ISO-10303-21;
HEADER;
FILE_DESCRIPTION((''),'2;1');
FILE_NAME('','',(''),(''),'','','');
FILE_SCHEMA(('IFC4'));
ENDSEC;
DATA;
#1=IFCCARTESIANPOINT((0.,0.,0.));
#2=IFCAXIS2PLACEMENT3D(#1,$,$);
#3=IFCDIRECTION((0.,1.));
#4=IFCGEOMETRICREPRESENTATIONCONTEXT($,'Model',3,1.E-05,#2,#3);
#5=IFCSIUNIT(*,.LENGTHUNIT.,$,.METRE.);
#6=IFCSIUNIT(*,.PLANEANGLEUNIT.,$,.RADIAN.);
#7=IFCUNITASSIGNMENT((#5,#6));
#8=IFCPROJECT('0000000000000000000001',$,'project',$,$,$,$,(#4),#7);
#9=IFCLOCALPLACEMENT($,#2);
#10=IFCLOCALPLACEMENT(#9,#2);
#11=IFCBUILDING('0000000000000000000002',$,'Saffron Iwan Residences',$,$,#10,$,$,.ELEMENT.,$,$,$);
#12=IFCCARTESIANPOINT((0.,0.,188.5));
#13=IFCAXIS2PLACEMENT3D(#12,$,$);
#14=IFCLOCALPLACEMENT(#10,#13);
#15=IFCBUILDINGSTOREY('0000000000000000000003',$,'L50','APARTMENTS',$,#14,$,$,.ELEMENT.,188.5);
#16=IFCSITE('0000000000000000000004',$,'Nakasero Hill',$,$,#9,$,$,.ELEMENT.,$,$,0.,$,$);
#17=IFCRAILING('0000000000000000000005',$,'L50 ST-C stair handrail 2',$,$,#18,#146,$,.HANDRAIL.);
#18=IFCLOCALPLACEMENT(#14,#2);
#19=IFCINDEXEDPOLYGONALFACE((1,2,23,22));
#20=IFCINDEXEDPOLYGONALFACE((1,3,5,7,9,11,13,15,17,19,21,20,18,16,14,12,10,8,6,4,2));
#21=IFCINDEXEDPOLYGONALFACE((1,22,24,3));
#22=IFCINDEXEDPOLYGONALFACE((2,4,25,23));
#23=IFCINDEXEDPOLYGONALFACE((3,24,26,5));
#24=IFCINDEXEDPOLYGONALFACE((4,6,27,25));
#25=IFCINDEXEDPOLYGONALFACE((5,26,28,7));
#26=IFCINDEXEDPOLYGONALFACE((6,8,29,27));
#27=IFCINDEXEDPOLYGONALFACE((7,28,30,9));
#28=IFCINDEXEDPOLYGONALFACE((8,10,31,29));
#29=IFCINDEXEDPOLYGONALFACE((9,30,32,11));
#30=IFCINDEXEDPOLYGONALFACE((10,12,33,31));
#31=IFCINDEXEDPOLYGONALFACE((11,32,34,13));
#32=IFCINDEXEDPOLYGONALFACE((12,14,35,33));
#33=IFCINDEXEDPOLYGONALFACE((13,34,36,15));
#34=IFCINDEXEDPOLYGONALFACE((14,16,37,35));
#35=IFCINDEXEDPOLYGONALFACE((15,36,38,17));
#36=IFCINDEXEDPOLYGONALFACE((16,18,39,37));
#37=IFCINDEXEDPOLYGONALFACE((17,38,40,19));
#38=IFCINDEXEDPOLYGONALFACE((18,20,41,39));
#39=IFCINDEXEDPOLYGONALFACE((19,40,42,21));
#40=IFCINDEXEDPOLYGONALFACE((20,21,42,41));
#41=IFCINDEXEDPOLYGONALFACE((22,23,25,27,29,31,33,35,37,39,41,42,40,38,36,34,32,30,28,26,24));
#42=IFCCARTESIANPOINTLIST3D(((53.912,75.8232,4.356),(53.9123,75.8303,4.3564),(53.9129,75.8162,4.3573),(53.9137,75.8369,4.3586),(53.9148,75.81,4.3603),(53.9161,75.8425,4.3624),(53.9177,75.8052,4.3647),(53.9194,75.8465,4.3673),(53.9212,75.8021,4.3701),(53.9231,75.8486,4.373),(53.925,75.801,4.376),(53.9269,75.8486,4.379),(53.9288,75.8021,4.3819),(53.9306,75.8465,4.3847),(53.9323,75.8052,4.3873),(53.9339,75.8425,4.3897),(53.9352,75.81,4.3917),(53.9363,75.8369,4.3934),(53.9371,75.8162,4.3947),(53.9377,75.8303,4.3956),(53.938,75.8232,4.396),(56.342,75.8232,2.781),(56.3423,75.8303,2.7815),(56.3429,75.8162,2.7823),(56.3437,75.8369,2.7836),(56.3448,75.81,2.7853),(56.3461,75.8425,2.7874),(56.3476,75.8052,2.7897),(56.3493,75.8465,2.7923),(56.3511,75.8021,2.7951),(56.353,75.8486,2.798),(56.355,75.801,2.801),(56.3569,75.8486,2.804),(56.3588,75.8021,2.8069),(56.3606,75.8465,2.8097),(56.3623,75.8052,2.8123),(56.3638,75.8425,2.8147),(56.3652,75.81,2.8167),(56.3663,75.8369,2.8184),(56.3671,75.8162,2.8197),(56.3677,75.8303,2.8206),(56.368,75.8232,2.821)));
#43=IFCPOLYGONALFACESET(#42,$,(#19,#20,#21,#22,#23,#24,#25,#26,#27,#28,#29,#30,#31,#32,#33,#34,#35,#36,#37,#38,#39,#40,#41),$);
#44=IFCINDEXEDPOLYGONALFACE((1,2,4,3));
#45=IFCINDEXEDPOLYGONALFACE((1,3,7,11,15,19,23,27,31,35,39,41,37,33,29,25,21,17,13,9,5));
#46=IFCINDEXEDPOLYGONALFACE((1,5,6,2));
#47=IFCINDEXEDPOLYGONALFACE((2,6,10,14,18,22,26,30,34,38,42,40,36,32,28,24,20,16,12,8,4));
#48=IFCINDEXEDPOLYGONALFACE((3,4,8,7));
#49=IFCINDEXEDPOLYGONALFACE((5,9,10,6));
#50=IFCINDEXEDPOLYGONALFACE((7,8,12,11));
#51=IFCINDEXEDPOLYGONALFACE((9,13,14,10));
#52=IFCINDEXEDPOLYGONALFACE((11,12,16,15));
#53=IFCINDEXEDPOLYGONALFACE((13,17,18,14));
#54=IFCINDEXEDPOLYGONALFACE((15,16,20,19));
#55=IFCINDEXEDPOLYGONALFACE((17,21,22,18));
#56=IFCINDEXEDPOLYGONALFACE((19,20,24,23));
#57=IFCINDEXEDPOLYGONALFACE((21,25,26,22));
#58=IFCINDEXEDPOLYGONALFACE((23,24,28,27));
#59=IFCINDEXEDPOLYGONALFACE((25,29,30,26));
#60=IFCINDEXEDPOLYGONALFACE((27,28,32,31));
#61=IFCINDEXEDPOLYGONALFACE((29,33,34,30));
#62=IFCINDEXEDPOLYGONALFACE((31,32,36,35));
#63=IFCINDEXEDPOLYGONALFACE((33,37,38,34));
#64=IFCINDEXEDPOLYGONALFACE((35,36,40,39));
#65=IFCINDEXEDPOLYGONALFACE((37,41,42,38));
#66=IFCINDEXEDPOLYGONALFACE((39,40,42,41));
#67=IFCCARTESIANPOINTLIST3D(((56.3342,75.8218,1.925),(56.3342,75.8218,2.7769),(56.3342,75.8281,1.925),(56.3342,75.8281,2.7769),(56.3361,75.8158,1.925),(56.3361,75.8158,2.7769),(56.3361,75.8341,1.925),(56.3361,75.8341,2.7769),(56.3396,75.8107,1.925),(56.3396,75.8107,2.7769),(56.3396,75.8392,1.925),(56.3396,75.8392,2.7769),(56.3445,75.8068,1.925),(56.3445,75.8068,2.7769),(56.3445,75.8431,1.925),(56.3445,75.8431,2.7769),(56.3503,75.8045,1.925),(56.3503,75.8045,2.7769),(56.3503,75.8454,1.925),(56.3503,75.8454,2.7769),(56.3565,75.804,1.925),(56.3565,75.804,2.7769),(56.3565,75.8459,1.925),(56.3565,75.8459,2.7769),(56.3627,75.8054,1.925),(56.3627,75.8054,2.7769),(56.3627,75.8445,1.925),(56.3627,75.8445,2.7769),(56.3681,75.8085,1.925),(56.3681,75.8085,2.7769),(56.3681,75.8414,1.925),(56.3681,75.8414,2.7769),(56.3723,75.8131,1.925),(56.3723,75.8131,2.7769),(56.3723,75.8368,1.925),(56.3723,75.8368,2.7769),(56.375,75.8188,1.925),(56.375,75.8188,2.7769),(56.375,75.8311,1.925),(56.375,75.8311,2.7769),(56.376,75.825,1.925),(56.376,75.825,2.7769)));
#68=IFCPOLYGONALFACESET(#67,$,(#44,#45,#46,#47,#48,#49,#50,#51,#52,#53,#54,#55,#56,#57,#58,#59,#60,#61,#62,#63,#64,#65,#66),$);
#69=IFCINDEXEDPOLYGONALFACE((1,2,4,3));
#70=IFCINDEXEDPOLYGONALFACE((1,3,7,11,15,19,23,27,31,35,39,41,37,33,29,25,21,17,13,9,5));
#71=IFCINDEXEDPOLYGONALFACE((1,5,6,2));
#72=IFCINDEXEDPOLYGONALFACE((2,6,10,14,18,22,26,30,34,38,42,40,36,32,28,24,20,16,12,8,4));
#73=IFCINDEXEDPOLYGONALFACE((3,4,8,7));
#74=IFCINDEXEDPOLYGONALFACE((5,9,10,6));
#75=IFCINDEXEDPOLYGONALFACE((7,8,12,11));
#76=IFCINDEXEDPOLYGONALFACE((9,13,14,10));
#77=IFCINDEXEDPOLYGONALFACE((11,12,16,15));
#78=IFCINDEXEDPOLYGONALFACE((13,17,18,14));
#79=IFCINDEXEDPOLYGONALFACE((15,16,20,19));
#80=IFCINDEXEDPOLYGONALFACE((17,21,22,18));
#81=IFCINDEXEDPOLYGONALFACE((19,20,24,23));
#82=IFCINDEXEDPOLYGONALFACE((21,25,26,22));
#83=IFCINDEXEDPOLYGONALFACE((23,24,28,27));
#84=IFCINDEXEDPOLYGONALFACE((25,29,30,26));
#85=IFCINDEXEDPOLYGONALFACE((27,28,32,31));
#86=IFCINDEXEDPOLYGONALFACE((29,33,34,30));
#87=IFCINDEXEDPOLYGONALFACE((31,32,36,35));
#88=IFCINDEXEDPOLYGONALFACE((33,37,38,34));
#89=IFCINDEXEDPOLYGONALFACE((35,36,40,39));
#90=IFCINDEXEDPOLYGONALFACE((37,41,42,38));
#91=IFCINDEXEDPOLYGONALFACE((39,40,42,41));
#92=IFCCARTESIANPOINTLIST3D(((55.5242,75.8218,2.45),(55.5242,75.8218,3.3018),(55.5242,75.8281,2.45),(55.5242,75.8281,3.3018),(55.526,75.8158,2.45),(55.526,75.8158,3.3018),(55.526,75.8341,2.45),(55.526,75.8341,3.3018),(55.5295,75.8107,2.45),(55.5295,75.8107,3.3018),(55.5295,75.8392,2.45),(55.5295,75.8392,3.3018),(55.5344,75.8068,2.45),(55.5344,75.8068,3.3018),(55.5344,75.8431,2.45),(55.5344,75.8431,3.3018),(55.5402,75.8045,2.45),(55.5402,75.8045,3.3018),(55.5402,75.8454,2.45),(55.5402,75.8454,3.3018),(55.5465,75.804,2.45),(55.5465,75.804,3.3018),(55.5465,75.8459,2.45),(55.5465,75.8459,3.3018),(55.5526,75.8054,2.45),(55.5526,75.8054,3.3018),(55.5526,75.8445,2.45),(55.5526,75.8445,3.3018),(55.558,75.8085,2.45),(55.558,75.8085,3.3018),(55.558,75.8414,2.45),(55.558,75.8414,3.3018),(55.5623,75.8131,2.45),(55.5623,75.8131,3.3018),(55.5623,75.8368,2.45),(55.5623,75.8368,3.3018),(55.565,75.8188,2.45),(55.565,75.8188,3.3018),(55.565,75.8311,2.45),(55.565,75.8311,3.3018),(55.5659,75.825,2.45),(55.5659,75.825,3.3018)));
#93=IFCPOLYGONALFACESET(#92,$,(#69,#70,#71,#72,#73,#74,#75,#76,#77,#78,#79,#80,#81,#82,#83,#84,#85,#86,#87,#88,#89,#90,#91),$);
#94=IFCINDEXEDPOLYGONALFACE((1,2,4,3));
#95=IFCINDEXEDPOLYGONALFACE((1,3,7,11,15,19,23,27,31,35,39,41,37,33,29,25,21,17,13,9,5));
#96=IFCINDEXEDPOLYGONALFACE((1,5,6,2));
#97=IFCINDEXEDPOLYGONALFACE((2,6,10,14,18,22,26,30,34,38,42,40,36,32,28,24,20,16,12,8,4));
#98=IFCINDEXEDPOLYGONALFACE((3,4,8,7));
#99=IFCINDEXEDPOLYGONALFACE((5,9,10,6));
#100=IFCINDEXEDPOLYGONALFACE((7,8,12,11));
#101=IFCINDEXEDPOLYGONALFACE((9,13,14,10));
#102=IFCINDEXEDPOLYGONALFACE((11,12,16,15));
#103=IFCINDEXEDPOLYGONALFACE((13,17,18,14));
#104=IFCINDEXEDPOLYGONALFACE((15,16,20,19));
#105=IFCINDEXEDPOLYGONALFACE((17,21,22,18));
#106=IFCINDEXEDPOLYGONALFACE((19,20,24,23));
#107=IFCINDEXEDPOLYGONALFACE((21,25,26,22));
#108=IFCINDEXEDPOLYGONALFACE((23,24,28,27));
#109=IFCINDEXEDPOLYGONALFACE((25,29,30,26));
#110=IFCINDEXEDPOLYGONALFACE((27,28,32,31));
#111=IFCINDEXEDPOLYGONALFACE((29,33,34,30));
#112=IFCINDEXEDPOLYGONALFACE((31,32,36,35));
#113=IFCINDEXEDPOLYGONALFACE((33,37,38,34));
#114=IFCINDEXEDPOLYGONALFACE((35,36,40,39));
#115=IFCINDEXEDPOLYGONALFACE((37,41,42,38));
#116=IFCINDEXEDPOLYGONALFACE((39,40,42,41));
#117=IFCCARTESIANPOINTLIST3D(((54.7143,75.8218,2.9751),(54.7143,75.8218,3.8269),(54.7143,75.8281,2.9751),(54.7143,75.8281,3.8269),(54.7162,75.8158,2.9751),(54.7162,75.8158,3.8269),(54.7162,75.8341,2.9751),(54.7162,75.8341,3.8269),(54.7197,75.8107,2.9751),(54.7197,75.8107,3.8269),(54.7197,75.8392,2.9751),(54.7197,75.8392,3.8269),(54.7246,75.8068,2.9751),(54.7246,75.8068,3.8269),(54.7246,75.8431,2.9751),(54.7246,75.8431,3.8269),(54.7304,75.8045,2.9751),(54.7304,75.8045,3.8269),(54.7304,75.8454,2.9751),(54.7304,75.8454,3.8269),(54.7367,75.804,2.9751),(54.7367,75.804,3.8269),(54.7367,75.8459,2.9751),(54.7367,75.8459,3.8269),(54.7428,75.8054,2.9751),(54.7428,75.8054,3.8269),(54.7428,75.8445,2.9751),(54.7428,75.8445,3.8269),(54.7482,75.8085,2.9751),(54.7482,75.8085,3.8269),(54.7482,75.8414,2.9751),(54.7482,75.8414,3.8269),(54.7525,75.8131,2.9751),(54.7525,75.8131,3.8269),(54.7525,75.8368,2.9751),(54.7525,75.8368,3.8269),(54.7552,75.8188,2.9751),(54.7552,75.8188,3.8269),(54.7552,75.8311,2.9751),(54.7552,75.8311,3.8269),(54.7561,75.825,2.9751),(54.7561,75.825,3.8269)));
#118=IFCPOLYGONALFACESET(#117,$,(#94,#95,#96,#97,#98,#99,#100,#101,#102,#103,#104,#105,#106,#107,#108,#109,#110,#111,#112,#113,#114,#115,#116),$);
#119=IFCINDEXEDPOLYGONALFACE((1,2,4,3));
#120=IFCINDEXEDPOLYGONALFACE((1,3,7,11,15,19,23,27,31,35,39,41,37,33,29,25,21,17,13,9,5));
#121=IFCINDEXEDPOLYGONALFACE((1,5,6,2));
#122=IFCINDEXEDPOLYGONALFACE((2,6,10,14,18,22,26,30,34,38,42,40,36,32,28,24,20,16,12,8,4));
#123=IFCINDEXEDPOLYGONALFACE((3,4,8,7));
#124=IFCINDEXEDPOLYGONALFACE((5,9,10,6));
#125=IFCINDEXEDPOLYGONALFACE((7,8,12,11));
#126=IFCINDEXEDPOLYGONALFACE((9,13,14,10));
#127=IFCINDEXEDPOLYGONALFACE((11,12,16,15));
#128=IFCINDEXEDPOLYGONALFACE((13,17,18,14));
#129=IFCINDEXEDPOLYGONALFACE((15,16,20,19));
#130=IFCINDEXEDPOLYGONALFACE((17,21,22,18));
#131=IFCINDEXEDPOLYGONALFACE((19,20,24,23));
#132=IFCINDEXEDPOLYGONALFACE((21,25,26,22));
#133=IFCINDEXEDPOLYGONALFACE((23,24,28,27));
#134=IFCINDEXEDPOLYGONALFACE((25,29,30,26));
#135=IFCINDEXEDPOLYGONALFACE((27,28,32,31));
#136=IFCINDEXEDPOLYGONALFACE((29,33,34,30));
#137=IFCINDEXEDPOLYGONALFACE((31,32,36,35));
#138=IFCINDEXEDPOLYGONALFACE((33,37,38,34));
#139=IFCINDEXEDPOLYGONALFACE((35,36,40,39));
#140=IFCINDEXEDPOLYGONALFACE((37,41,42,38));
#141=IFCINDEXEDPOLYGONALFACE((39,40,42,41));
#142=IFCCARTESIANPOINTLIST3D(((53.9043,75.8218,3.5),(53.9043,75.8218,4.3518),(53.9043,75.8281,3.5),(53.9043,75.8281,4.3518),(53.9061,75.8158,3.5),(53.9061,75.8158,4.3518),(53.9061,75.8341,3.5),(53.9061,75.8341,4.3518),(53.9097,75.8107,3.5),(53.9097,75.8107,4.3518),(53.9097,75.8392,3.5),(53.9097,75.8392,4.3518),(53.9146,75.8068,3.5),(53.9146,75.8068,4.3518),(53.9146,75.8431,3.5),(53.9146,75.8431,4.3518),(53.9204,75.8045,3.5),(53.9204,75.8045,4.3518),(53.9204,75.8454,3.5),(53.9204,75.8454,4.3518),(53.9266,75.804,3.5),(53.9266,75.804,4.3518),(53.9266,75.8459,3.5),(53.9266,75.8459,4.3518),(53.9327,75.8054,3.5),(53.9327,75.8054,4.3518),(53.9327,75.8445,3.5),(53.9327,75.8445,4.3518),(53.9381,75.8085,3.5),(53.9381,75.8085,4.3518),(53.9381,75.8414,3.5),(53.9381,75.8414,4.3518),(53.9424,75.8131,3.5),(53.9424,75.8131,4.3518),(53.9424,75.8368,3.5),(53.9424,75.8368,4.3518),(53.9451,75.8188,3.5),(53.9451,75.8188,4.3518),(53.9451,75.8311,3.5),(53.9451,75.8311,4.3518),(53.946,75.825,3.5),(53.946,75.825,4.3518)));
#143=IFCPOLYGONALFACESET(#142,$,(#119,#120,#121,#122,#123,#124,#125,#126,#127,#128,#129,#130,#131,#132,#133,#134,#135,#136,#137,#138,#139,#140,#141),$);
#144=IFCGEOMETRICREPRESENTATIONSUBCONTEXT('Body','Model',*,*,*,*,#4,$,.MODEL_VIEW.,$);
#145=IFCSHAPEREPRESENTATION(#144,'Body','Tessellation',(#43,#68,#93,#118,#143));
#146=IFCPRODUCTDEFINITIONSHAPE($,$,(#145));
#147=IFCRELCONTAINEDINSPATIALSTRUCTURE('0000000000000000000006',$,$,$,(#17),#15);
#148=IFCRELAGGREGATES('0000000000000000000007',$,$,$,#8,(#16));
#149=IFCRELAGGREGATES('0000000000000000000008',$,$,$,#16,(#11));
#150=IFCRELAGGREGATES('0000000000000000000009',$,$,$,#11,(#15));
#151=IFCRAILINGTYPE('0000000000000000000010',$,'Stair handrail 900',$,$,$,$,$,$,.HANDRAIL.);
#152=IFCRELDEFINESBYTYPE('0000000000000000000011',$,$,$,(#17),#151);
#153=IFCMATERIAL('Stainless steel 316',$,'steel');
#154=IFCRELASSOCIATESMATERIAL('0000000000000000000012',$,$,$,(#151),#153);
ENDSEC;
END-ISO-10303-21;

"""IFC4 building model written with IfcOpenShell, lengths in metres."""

from ifc_helpers import new_model, si_unit, direction, frame, origin, origin_2d, place, context, subcontext, project, spatial, circle, extrude, material, type_object, element, save


model = new_model("IFC4")

# Units and contexts
model_context = context("Model", 3, precision=1e-05, world=origin(), true_north=direction((0.0, 1.0)))
body_context = subcontext(model_context, "Body", "Model", "MODEL_VIEW")
ifc_project = project(units=[si_unit("LENGTHUNIT", "METRE"), si_unit("PLANEANGLEUNIT", "RADIAN")], contexts=[model_context])

# Site, building, storey
site_placement = place(None, origin())
site = spatial("IfcSite", under=ifc_project, at=site_placement, Name="Nakasero Hill", CompositionType="ELEMENT", RefElevation=0.0)
building_placement = place(site_placement, origin())
building = spatial("IfcBuilding", under=site, at=building_placement, Name="Saffron Iwan Residences", CompositionType="ELEMENT")
storey_placement = place(building_placement, frame((0.0, 0.0, 188.5)))
storey = spatial("IfcBuildingStorey", under=building, at=storey_placement, Name="L50", Description="APARTMENTS", CompositionType="ELEMENT", Elevation=188.5)

# Railing
ifc_material_1 = material(Name="Stainless steel 316", Category="steel")
railing_type = type_object("IfcRailingType", Name="Stair handrail 900", PredefinedType="HANDRAIL", material=ifc_material_1)
railing_1_placement = place(storey_placement, frame((56.355, 75.825, 1.925)))
element("IfcRailing", 1, at=railing_1_placement, inside=storey, type_object=railing_type, Name="L50 ST-C stair handrail 2", PredefinedType="HANDRAIL", context=body_context, shape_type="SweptSolid", body=[
    extrude(circle(Radius=0.0239, at=origin_2d()), frame((0.0, 0.0, 0.876), z_axis=(-0.839154, 0.0, 0.543894), x_axis=(0.0, -1.0, 0.0)), (0.0, 0.0, 1.0), 2.8958),
    extrude(circle(Radius=0.021, at=origin_2d()), origin(), (0.0, 0.0, 1.0), 0.8518),
    extrude(circle(Radius=0.021, at=origin_2d()), frame((-0.8101, 0.0, 0.5249)), (0.0, 0.0, 1.0), 0.8518),
    extrude(circle(Radius=0.021, at=origin_2d()), frame((-1.6199, 0.0, 1.05)), (0.0, 0.0, 1.0), 0.8518),
    extrude(circle(Radius=0.021, at=origin_2d()), frame((-2.4299, 0.0, 1.575)), (0.0, 0.0, 1.0), 0.8518),
])

save(model, "model.ifc")
